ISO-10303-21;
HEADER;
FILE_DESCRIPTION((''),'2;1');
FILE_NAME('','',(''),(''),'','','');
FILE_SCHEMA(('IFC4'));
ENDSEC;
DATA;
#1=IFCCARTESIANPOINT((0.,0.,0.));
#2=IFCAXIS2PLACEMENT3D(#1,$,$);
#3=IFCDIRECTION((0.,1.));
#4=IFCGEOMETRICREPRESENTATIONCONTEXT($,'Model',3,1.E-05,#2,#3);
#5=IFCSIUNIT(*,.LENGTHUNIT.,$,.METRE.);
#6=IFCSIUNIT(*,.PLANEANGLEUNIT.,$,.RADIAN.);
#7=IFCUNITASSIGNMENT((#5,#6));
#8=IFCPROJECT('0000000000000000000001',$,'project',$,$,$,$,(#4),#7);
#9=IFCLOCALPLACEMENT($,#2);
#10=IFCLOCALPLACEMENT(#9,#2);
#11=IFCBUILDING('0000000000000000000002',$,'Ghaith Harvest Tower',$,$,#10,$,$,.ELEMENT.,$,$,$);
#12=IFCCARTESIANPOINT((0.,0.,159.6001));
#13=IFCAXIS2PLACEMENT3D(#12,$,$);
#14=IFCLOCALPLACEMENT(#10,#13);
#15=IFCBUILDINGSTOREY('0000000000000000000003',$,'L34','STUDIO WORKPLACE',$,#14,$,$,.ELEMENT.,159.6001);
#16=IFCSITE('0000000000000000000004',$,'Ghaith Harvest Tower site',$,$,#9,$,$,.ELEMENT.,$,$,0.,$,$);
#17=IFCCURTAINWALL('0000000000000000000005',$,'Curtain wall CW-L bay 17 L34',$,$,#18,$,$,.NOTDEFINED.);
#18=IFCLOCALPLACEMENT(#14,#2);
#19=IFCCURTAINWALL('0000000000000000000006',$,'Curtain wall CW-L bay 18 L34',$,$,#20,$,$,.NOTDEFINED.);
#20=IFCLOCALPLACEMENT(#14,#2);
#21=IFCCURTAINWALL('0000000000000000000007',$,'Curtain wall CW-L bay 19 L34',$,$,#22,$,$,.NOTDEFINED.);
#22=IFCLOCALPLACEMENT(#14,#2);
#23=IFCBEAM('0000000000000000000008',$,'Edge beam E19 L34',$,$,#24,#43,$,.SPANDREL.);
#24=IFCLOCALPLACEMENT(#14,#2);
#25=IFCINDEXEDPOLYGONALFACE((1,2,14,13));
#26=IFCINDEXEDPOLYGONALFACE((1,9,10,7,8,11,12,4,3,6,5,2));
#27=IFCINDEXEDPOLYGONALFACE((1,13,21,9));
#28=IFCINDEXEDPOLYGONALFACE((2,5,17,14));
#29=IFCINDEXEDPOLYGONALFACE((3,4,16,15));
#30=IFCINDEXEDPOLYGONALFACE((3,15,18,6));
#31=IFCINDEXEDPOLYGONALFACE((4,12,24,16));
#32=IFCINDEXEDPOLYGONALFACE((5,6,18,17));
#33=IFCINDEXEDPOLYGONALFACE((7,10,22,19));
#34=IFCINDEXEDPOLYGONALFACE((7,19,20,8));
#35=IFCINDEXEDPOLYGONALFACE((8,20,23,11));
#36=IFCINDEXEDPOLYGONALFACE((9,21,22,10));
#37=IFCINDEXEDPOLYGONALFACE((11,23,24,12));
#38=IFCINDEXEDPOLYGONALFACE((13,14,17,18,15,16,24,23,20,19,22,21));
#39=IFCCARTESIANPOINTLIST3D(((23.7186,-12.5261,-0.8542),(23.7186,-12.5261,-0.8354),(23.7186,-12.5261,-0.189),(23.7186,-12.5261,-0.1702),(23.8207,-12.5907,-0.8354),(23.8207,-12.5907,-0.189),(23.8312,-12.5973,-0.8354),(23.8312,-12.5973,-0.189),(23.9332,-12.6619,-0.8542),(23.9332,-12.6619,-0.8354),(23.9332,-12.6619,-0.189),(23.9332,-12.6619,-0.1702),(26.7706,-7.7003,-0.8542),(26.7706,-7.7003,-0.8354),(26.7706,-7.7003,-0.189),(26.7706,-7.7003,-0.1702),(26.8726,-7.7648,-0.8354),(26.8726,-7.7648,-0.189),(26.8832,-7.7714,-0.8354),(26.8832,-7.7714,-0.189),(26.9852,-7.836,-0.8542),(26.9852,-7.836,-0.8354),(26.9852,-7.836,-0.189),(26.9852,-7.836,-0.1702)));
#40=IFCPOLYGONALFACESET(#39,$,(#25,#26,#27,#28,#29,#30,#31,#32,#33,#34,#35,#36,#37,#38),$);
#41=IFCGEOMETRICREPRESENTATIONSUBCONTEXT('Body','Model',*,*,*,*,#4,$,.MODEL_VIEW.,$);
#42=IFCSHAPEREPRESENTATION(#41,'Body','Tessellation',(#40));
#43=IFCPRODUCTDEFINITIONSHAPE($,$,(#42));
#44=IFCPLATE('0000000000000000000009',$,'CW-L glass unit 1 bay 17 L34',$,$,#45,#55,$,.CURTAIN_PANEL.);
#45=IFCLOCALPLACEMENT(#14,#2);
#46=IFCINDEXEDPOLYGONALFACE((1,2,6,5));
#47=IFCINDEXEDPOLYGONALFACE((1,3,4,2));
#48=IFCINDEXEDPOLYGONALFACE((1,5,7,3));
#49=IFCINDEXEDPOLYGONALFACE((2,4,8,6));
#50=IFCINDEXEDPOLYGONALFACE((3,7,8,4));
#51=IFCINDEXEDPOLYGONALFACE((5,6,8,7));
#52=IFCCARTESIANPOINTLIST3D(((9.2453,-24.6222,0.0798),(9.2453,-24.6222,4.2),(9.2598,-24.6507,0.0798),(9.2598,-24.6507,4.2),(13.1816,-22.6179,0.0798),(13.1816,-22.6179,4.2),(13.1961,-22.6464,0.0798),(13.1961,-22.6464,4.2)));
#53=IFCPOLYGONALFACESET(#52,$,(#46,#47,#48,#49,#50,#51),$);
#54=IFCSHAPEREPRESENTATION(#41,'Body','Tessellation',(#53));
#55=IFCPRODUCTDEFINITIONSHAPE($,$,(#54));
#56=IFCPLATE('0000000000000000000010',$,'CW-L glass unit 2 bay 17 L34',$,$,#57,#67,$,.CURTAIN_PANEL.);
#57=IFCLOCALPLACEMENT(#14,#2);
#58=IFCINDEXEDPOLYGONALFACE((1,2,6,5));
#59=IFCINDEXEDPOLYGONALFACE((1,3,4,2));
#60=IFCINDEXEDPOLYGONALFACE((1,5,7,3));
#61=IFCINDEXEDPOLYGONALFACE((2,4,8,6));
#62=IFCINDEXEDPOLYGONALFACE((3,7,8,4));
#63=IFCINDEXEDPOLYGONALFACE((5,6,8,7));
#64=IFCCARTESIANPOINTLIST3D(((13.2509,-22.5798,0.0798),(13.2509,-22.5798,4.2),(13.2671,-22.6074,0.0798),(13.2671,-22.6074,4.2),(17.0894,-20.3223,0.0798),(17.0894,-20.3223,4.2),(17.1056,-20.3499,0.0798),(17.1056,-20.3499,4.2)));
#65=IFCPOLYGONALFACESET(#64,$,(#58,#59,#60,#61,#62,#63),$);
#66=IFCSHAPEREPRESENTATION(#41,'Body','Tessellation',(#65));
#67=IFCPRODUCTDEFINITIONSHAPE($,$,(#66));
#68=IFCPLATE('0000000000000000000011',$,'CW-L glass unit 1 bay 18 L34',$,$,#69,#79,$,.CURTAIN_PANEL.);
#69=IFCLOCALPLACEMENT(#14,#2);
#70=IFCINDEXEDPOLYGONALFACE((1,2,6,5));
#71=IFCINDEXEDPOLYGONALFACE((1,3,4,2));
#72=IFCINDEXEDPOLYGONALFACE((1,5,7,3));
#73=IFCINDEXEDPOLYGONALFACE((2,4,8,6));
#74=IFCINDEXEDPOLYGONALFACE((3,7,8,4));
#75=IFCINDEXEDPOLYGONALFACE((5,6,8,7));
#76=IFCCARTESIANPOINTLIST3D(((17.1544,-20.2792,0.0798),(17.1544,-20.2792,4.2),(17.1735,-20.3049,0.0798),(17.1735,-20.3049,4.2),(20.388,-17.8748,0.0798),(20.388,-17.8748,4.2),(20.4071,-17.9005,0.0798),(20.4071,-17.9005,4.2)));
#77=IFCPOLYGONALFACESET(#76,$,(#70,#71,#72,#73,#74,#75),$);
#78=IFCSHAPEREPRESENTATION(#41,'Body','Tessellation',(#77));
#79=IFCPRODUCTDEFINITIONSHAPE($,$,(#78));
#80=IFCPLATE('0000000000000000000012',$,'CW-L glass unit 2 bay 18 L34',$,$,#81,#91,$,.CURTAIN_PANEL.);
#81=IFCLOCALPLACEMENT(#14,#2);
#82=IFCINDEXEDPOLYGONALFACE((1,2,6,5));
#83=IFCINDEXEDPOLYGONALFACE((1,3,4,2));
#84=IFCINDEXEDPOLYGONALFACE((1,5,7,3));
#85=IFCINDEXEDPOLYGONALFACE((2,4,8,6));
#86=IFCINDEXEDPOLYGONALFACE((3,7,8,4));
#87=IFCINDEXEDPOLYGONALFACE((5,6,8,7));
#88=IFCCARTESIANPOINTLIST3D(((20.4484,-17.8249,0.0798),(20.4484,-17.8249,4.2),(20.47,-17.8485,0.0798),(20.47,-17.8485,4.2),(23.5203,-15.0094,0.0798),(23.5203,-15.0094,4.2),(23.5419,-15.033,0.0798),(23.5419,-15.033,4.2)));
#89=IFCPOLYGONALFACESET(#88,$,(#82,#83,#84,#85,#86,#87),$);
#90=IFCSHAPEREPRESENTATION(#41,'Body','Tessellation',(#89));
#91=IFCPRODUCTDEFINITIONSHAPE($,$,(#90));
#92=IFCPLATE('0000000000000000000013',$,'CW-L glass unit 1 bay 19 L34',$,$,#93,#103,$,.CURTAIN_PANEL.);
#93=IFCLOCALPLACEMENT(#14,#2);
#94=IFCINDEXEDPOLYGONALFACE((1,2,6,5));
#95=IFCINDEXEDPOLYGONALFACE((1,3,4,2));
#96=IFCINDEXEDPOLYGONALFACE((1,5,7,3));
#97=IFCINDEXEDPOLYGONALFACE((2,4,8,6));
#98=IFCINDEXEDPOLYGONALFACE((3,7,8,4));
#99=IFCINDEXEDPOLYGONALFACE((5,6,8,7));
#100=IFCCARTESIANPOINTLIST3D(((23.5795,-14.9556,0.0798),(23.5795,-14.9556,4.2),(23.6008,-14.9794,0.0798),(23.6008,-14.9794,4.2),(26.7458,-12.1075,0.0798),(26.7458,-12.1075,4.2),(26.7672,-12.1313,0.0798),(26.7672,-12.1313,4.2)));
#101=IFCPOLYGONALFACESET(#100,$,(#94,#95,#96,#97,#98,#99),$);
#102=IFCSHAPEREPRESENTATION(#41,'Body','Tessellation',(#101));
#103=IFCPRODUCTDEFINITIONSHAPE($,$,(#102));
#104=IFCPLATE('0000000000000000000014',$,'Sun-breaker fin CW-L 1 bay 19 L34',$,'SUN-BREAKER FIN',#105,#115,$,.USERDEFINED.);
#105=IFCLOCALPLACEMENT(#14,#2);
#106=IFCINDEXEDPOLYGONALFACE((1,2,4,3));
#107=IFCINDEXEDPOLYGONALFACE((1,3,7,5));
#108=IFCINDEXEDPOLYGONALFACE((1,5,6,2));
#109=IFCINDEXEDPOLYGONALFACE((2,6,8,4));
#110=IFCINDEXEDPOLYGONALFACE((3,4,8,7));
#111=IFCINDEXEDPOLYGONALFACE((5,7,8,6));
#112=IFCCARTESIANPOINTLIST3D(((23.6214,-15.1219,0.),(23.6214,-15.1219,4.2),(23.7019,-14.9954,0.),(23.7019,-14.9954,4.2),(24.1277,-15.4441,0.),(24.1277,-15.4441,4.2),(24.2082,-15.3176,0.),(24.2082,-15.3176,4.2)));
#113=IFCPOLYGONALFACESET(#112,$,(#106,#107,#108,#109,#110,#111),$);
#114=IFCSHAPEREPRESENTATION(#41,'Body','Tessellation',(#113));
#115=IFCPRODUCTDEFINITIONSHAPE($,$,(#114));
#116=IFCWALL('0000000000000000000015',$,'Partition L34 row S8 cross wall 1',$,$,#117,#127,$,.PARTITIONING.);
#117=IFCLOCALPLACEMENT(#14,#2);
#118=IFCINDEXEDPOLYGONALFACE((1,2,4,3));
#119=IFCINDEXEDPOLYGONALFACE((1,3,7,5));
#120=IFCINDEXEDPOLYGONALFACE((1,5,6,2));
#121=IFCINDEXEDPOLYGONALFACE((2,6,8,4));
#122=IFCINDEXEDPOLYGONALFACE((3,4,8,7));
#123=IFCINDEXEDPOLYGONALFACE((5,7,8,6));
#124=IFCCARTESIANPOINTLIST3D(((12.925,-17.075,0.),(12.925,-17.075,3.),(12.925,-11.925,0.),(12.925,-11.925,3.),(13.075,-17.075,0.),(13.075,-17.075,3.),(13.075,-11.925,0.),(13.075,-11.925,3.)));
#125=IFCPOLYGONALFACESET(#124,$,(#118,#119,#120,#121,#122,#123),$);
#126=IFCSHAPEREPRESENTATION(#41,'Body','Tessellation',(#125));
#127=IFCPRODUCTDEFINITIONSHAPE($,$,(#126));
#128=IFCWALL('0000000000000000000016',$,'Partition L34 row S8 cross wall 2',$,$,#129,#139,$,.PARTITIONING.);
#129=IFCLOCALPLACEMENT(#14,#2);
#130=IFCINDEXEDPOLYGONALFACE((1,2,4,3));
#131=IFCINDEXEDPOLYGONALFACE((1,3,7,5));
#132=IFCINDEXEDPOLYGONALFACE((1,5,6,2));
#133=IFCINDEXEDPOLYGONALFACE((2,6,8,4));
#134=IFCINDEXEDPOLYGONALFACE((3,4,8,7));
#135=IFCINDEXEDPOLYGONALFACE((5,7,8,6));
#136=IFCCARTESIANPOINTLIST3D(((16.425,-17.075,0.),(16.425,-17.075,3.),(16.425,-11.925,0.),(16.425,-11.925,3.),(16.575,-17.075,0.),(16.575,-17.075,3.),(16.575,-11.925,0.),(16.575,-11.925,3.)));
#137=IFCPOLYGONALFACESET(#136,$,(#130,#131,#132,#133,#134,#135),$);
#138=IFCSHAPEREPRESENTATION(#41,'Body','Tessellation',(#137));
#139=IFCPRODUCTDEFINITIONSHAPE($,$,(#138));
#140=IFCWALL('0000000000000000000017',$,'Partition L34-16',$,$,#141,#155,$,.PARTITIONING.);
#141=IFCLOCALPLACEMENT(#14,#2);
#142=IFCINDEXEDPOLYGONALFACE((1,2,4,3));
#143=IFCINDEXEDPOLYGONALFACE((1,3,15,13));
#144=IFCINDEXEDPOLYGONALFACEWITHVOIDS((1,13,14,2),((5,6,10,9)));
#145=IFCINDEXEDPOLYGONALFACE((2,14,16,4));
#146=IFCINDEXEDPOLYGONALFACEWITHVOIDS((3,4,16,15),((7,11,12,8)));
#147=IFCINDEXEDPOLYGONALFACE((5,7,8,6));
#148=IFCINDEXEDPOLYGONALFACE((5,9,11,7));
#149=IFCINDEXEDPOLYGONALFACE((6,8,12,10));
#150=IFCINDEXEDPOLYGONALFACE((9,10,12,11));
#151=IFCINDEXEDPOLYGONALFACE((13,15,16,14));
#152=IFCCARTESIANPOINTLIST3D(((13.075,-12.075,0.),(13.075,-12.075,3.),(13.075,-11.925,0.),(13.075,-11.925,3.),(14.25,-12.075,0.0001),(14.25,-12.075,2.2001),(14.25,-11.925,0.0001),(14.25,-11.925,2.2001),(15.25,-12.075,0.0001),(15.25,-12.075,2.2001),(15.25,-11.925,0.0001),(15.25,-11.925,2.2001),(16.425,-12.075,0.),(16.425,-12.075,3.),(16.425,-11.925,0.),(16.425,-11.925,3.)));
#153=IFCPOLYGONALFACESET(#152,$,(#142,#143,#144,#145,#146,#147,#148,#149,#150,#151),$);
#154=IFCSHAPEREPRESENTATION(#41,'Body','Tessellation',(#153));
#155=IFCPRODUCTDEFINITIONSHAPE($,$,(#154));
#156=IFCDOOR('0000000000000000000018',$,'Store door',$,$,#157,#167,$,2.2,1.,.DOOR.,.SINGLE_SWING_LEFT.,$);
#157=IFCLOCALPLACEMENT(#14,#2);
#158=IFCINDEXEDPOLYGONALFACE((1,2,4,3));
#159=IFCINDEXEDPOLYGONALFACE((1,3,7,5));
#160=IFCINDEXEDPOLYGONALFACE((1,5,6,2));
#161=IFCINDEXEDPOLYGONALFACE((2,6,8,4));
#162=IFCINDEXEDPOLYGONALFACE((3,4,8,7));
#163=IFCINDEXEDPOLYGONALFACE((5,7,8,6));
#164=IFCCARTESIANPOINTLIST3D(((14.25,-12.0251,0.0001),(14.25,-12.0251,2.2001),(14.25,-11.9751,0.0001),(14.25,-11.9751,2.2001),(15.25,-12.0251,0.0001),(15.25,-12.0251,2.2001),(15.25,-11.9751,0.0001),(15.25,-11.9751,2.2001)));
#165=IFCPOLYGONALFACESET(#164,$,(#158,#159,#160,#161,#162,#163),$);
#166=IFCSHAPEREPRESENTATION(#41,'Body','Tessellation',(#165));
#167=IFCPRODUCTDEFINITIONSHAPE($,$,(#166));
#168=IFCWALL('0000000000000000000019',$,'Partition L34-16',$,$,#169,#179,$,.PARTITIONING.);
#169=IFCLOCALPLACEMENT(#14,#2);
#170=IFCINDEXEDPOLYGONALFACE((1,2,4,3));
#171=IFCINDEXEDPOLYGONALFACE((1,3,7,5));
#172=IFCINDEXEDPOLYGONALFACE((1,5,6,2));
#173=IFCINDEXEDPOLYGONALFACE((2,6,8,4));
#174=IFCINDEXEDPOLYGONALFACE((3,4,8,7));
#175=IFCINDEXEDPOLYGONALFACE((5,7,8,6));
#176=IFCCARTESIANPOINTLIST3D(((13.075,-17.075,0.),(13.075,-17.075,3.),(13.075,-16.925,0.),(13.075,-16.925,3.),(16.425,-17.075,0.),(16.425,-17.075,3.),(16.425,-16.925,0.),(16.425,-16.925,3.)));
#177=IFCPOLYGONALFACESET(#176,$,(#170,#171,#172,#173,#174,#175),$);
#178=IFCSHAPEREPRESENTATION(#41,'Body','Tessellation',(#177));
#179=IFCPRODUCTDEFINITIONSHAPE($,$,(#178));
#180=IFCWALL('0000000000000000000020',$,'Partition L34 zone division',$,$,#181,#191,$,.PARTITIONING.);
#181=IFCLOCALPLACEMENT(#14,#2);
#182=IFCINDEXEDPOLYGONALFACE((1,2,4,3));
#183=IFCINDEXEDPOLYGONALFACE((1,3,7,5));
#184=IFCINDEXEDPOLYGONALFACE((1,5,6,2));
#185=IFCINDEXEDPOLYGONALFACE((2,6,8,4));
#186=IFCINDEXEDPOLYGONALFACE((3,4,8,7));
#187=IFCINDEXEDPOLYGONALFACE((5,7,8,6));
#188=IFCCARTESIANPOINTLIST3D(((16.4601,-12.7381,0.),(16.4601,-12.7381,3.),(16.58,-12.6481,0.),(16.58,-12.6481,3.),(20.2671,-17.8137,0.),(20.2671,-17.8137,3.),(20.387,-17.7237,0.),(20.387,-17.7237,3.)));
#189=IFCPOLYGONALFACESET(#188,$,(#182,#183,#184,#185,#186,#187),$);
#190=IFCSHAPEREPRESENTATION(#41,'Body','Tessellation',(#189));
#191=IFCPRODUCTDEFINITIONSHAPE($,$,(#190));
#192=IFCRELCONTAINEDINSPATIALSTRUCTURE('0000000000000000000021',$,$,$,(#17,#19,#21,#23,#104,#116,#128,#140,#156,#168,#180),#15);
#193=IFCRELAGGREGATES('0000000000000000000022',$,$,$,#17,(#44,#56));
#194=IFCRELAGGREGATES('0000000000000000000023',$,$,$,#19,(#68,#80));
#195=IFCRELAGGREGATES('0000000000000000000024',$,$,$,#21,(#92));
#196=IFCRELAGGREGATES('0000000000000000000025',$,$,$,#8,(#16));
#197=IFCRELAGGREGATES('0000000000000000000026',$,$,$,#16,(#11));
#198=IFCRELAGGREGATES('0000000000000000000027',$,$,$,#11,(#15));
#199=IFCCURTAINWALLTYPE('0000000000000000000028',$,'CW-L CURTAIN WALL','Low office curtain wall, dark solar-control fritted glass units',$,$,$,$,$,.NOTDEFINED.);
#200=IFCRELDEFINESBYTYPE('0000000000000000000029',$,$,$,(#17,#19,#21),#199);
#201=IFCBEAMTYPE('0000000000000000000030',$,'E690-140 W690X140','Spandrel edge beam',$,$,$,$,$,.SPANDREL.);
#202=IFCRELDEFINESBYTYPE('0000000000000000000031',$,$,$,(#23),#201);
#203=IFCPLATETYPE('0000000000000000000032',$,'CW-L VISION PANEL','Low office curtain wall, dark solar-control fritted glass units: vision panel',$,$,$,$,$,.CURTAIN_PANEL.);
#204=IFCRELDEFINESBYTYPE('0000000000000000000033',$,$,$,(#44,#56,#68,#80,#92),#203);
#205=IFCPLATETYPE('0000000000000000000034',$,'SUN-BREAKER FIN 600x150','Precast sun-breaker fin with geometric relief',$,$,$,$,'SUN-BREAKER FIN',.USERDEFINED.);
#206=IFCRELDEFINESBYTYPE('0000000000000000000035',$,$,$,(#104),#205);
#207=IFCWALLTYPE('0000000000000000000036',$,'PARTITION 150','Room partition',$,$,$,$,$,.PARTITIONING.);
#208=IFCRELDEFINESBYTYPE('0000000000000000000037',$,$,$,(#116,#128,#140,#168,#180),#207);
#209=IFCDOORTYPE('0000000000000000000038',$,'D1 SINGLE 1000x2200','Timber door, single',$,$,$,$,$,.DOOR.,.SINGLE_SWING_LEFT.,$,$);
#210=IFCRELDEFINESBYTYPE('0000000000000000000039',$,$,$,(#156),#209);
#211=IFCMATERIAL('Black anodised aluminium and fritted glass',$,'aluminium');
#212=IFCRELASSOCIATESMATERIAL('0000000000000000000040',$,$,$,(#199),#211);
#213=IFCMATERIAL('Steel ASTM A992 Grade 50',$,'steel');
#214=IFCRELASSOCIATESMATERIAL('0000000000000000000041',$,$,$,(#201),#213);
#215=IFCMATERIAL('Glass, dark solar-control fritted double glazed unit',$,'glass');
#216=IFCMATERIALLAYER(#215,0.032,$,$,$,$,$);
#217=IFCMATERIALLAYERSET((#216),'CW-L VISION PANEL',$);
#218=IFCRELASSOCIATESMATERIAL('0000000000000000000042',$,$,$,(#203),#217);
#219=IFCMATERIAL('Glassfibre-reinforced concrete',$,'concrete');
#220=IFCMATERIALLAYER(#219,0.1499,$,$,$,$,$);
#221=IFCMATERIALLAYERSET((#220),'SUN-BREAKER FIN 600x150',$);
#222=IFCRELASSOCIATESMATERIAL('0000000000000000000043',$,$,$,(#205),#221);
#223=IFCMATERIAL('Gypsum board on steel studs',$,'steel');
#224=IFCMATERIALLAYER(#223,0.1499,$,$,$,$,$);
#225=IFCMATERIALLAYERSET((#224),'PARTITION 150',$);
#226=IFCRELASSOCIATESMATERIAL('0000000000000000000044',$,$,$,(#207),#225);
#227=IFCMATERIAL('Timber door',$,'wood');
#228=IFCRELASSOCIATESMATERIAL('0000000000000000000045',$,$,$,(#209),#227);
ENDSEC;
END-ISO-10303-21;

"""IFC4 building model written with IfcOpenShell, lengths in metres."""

from ifc_helpers import new_model, si_unit, direction, frame, frame_2d, origin, origin_2d, place, context, subcontext, project, spatial, rectangle, i_section, extrude, material, layer, layer_set, material_profile, profile_set, type_object, element, fill, aggregate, save


model = new_model("IFC4")

# Units and contexts
model_context = context("Model", 3, precision=1e-05, world=origin(), true_north=direction((0.0, 1.0)))
body_context = subcontext(model_context, "Body", "Model", "MODEL_VIEW")
ifc_project = project(units=[si_unit("LENGTHUNIT", "METRE"), si_unit("PLANEANGLEUNIT", "RADIAN")], contexts=[model_context])

# Site, building, storey
site_placement = place(None, origin())
site = spatial("IfcSite", under=ifc_project, at=site_placement, Name="Ghaith Harvest Tower site", CompositionType="ELEMENT", RefElevation=0.0)
building_placement = place(site_placement, origin())
building = spatial("IfcBuilding", under=site, at=building_placement, Name="Ghaith Harvest Tower", CompositionType="ELEMENT")
storey_placement = place(building_placement, frame((0.0, 0.0, 159.6001)))
storey = spatial("IfcBuildingStorey", under=building, at=storey_placement, Name="L34", Description="STUDIO WORKPLACE", CompositionType="ELEMENT", Elevation=159.6001)

# Curtain wall
ifc_material_1 = material(Name="Black anodised aluminium and fritted glass", Category="aluminium")
curtain_wall_type = type_object("IfcCurtainWallType", Name="CW-L CURTAIN WALL", Description="Low office curtain wall, dark solar-control fritted glass units", PredefinedType="NOTDEFINED", material=ifc_material_1)
curtain_wall_1_placement = place(storey_placement, origin())
curtain_wall_1 = element("IfcCurtainWall", 1, at=curtain_wall_1_placement, inside=storey, type_object=curtain_wall_type, Name="Curtain wall CW-L bay 17 L34", PredefinedType="NOTDEFINED")

# Curtain walls
curtain_wall_2_placement = place(storey_placement, origin())
curtain_wall_2 = element("IfcCurtainWall", 2, at=curtain_wall_2_placement, inside=storey, type_object=curtain_wall_type, Name="Curtain wall CW-L bay 18 L34", PredefinedType="NOTDEFINED")
curtain_wall_3_placement = place(storey_placement, origin())
curtain_wall_3 = element("IfcCurtainWall", 3, at=curtain_wall_3_placement, inside=storey, type_object=curtain_wall_type, Name="Curtain wall CW-L bay 19 L34", PredefinedType="NOTDEFINED")

# Beam
ifc_material_2 = material(Name="Steel ASTM A992 Grade 50", Category="steel")
ifc_material_profile_1 = material_profile(ifc_material_2, i_section(OverallWidth=0.2539, OverallDepth=0.6841, WebThickness=0.0125, FlangeThickness=0.0188, at=origin_2d()), Name="W690X140")
ifc_profile_set_1 = profile_set([ifc_material_profile_1], Name="Steel ASTM A992 Grade 50")
beam_type = type_object("IfcBeamType", Name="E690-140 W690X140", Description="Spandrel edge beam", PredefinedType="SPANDREL", material=ifc_profile_set_1)
beam_1_placement = place(storey_placement, frame((23.8259, -12.594, -0.5122), z_axis=(0.5345, 0.845169, 0.0), x_axis=(-0.845169, 0.5345, 0.0)))
element("IfcBeam", 4, at=beam_1_placement, inside=storey, type_object=beam_type, Name="Edge beam E19 L34", PredefinedType="SPANDREL", context=body_context, shape_type="SweptSolid", body=[
    extrude(i_section(OverallWidth=0.2539, OverallDepth=0.6841, WebThickness=0.0125, FlangeThickness=0.0188, at=origin_2d()), origin(), (0.0, 0.0, 1.0), 5.71),
])

# Plates
ifc_material_3 = material(Name="Glass, dark solar-control fritted double glazed unit", Category="glass")
ifc_layer_1 = layer(ifc_material_3, 0.032)
ifc_layer_set_1 = layer_set([ifc_layer_1], Name="CW-L VISION PANEL")
plate_type_1 = type_object("IfcPlateType", Name="CW-L VISION PANEL", Description="Low office curtain wall, dark solar-control fritted glass units: vision panel", PredefinedType="CURTAIN_PANEL", material=ifc_layer_set_1)
plate_1_placement = place(storey_placement, frame((11.2207, -23.6343, 0.0798), z_axis=(0.0, 0.0, 1.0), x_axis=(0.891127, 0.453754, 0.0)))
plate_1 = element("IfcPlate", 5, at=plate_1_placement, type_object=plate_type_1, Name="CW-L glass unit 1 bay 17 L34", PredefinedType="CURTAIN_PANEL", context=body_context, shape_type="SweptSolid", body=[
    extrude(rectangle(XDim=4.4172, YDim=0.032, at=origin_2d()), origin(), (0.0, 0.0, 1.0), 4.1201),
])
plate_2_placement = place(storey_placement, frame((15.1782, -21.4648, 0.0798), z_axis=(0.0, 0.0, 1.0), x_axis=(0.861979, 0.506943, 0.0)))
plate_2 = element("IfcPlate", 6, at=plate_2_placement, type_object=plate_type_1, Name="CW-L glass unit 2 bay 17 L34", PredefinedType="CURTAIN_PANEL", context=body_context, shape_type="SweptSolid", body=[
    extrude(rectangle(XDim=4.4531, YDim=0.032, at=origin_2d()), origin(), (0.0, 0.0, 1.0), 4.1201),
])
aggregate(curtain_wall_1, [plate_1, plate_2])
plate_3_placement = place(storey_placement, frame((18.7808, -19.0898, 0.0798), z_axis=(0.0, 0.0, 1.0), x_axis=(0.802462, 0.596703, 0.0)))
plate_3 = element("IfcPlate", 7, at=plate_3_placement, type_object=plate_type_1, Name="CW-L glass unit 1 bay 18 L34", PredefinedType="CURTAIN_PANEL", context=body_context, shape_type="SweptSolid", body=[
    extrude(rectangle(XDim=4.0295, YDim=0.032, at=origin_2d()), origin(), (0.0, 0.0, 1.0), 4.1201),
])
plate_4_placement = place(storey_placement, frame((21.9951, -16.429, 0.0798), z_axis=(0.0, 0.0, 1.0), x_axis=(0.737202, 0.675673, 0.0)))
plate_4 = element("IfcPlate", 8, at=plate_4_placement, type_object=plate_type_1, Name="CW-L glass unit 2 bay 18 L34", PredefinedType="CURTAIN_PANEL", context=body_context, shape_type="SweptSolid", body=[
    extrude(rectangle(XDim=4.167, YDim=0.032, at=origin_2d()), origin(), (0.0, 0.0, 1.0), 4.1201),
])
aggregate(curtain_wall_2, [plate_3, plate_4])
plate_5_placement = place(storey_placement, frame((25.1733, -13.5435, 0.0798), z_axis=(0.0, 0.0, 1.0), x_axis=(0.743493, 0.668744, 0.0)))
plate_5 = element("IfcPlate", 9, at=plate_5_placement, type_object=plate_type_1, Name="CW-L glass unit 1 bay 19 L34", PredefinedType="CURTAIN_PANEL", context=body_context, shape_type="SweptSolid", body=[
    extrude(rectangle(XDim=4.2588, YDim=0.032, at=origin_2d()), origin(), (0.0, 0.0, 1.0), 4.1201),
])
aggregate(curtain_wall_3, [plate_5])
ifc_material_4 = material(Name="Glassfibre-reinforced concrete", Category="concrete")
ifc_layer_2 = layer(ifc_material_4, 0.1499)
ifc_layer_set_2 = layer_set([ifc_layer_2], Name="SUN-BREAKER FIN 600x150")
plate_type_2 = type_object("IfcPlateType", Name="SUN-BREAKER FIN 600x150", Description="Precast sun-breaker fin with geometric relief", ElementType="SUN-BREAKER FIN", PredefinedType="USERDEFINED", material=ifc_layer_set_2)
plate_6_placement = place(storey_placement, frame((23.9148, -15.2197, 0.0), z_axis=(0.0, 0.0, 1.0), x_axis=(0.843644, -0.536903, 0.0)))
element("IfcPlate", 10, at=plate_6_placement, inside=storey, type_object=plate_type_2, Name="Sun-breaker fin CW-L 1 bay 19 L34", ObjectType="SUN-BREAKER FIN", PredefinedType="USERDEFINED", context=body_context, shape_type="SweptSolid", body=[
    extrude(rectangle(XDim=0.6001, YDim=0.1499, at=origin_2d()), origin(), (0.0, 0.0, 1.0), 4.2),
])

# Walls
ifc_material_5 = material(Name="Gypsum board on steel studs", Category="steel")
ifc_layer_3 = layer(ifc_material_5, 0.1499)
ifc_layer_set_3 = layer_set([ifc_layer_3], Name="PARTITION 150")
wall_type = type_object("IfcWallType", Name="PARTITION 150", Description="Room partition", PredefinedType="PARTITIONING", material=ifc_layer_set_3)
for number, where, z_axis, x_axis, name in (
    (11, (13.0, -11.925, 0.0), (0.0, 0.0, 1.0), (0.0, -1.0, 0.0), "Partition L34 row S8 cross wall 1"),
    (12, (16.5, -11.925, 0.0), (0.0, 0.0, 1.0), (0.0, -1.0, 0.0), "Partition L34 row S8 cross wall 2"),
):
    element("IfcWall", number, at=place(storey_placement, frame(where, z_axis=z_axis, x_axis=x_axis)), inside=storey, type_object=wall_type, Name=name, PredefinedType="PARTITIONING", context=body_context, shape_type="SweptSolid", body=[
        extrude(rectangle(XDim=5.1499, YDim=0.1499, at=frame_2d((2.575, 0.0))), origin(), (0.0, 0.0, 1.0), 3.0),
    ])

# Wall, opening, door
wall_1_placement = place(storey_placement, frame((13.075, -12.0, 0.0), z_axis=(0.0, 0.0, 1.0), x_axis=(1.0, 0.0, 0.0)))
wall_1 = element("IfcWall", 13, at=wall_1_placement, inside=storey, type_object=wall_type, Name="Partition L34-16", PredefinedType="PARTITIONING", context=body_context, shape_type="SweptSolid", body=[
    extrude(rectangle(XDim=3.3501, YDim=0.1499, at=frame_2d((1.675, 0.0))), origin(), (0.0, 0.0, 1.0), 3.0),
])
opening_placement = place(wall_1_placement, frame((1.175, 0.0, 0.0)))
opening = element("IfcOpeningElement", 14, at=opening_placement, cuts=wall_1, PredefinedType="OPENING", context=body_context, shape_type="SweptSolid", body=[
    extrude(rectangle(XDim=1.0, YDim=2.2, at=frame_2d((0.5, 1.1001))), frame((0.0, 0.085, 0.0), z_axis=(0.0, -1.0, 0.0), x_axis=(1.0, 0.0, 0.0)), (0.0, 0.0, 1.0), 0.1699),
])
ifc_material_6 = material(Name="Timber door", Category="wood")
door_type = type_object("IfcDoorType", Name="D1 SINGLE 1000x2200", Description="Timber door, single", OperationType="SINGLE_SWING_LEFT", PredefinedType="DOOR", material=ifc_material_6)
door_placement = place(opening_placement, origin())
door = element("IfcDoor", 15, at=door_placement, inside=storey, type_object=door_type, Name="Store door", OperationType="SINGLE_SWING_LEFT", OverallHeight=2.2, OverallWidth=1.0, PredefinedType="DOOR", context=body_context, shape_type="SweptSolid", body=[
    extrude(rectangle(XDim=1.0, YDim=2.2, at=frame_2d((0.5, 1.1001))), frame((0.0, 0.0249, 0.0), z_axis=(0.0, -1.0, 0.0), x_axis=(1.0, 0.0, 0.0)), (0.0, 0.0, 1.0), 0.05),
])
fill(opening, door)

# Walls
wall_2_placement = place(storey_placement, frame((13.075, -17.0, 0.0), z_axis=(0.0, 0.0, 1.0), x_axis=(1.0, 0.0, 0.0)))
element("IfcWall", 16, at=wall_2_placement, inside=storey, type_object=wall_type, Name="Partition L34-16", PredefinedType="PARTITIONING", context=body_context, shape_type="SweptSolid", body=[
    extrude(rectangle(XDim=3.3501, YDim=0.1499, at=frame_2d((1.675, 0.0))), origin(), (0.0, 0.0, 1.0), 3.0),
])
wall_3_placement = place(storey_placement, frame((16.52, -12.6931, 0.0), z_axis=(0.0, 0.0, 1.0), x_axis=(0.600037, -0.799972, 0.0)))
element("IfcWall", 17, at=wall_3_placement, inside=storey, type_object=wall_type, Name="Partition L34 zone division", PredefinedType="PARTITIONING", context=body_context, shape_type="SweptSolid", body=[
    extrude(rectangle(XDim=6.3447, YDim=0.1499, at=frame_2d((3.1724, 0.0))), origin(), (0.0, 0.0, 1.0), 3.0),
])

save(model, "model.ifc")
